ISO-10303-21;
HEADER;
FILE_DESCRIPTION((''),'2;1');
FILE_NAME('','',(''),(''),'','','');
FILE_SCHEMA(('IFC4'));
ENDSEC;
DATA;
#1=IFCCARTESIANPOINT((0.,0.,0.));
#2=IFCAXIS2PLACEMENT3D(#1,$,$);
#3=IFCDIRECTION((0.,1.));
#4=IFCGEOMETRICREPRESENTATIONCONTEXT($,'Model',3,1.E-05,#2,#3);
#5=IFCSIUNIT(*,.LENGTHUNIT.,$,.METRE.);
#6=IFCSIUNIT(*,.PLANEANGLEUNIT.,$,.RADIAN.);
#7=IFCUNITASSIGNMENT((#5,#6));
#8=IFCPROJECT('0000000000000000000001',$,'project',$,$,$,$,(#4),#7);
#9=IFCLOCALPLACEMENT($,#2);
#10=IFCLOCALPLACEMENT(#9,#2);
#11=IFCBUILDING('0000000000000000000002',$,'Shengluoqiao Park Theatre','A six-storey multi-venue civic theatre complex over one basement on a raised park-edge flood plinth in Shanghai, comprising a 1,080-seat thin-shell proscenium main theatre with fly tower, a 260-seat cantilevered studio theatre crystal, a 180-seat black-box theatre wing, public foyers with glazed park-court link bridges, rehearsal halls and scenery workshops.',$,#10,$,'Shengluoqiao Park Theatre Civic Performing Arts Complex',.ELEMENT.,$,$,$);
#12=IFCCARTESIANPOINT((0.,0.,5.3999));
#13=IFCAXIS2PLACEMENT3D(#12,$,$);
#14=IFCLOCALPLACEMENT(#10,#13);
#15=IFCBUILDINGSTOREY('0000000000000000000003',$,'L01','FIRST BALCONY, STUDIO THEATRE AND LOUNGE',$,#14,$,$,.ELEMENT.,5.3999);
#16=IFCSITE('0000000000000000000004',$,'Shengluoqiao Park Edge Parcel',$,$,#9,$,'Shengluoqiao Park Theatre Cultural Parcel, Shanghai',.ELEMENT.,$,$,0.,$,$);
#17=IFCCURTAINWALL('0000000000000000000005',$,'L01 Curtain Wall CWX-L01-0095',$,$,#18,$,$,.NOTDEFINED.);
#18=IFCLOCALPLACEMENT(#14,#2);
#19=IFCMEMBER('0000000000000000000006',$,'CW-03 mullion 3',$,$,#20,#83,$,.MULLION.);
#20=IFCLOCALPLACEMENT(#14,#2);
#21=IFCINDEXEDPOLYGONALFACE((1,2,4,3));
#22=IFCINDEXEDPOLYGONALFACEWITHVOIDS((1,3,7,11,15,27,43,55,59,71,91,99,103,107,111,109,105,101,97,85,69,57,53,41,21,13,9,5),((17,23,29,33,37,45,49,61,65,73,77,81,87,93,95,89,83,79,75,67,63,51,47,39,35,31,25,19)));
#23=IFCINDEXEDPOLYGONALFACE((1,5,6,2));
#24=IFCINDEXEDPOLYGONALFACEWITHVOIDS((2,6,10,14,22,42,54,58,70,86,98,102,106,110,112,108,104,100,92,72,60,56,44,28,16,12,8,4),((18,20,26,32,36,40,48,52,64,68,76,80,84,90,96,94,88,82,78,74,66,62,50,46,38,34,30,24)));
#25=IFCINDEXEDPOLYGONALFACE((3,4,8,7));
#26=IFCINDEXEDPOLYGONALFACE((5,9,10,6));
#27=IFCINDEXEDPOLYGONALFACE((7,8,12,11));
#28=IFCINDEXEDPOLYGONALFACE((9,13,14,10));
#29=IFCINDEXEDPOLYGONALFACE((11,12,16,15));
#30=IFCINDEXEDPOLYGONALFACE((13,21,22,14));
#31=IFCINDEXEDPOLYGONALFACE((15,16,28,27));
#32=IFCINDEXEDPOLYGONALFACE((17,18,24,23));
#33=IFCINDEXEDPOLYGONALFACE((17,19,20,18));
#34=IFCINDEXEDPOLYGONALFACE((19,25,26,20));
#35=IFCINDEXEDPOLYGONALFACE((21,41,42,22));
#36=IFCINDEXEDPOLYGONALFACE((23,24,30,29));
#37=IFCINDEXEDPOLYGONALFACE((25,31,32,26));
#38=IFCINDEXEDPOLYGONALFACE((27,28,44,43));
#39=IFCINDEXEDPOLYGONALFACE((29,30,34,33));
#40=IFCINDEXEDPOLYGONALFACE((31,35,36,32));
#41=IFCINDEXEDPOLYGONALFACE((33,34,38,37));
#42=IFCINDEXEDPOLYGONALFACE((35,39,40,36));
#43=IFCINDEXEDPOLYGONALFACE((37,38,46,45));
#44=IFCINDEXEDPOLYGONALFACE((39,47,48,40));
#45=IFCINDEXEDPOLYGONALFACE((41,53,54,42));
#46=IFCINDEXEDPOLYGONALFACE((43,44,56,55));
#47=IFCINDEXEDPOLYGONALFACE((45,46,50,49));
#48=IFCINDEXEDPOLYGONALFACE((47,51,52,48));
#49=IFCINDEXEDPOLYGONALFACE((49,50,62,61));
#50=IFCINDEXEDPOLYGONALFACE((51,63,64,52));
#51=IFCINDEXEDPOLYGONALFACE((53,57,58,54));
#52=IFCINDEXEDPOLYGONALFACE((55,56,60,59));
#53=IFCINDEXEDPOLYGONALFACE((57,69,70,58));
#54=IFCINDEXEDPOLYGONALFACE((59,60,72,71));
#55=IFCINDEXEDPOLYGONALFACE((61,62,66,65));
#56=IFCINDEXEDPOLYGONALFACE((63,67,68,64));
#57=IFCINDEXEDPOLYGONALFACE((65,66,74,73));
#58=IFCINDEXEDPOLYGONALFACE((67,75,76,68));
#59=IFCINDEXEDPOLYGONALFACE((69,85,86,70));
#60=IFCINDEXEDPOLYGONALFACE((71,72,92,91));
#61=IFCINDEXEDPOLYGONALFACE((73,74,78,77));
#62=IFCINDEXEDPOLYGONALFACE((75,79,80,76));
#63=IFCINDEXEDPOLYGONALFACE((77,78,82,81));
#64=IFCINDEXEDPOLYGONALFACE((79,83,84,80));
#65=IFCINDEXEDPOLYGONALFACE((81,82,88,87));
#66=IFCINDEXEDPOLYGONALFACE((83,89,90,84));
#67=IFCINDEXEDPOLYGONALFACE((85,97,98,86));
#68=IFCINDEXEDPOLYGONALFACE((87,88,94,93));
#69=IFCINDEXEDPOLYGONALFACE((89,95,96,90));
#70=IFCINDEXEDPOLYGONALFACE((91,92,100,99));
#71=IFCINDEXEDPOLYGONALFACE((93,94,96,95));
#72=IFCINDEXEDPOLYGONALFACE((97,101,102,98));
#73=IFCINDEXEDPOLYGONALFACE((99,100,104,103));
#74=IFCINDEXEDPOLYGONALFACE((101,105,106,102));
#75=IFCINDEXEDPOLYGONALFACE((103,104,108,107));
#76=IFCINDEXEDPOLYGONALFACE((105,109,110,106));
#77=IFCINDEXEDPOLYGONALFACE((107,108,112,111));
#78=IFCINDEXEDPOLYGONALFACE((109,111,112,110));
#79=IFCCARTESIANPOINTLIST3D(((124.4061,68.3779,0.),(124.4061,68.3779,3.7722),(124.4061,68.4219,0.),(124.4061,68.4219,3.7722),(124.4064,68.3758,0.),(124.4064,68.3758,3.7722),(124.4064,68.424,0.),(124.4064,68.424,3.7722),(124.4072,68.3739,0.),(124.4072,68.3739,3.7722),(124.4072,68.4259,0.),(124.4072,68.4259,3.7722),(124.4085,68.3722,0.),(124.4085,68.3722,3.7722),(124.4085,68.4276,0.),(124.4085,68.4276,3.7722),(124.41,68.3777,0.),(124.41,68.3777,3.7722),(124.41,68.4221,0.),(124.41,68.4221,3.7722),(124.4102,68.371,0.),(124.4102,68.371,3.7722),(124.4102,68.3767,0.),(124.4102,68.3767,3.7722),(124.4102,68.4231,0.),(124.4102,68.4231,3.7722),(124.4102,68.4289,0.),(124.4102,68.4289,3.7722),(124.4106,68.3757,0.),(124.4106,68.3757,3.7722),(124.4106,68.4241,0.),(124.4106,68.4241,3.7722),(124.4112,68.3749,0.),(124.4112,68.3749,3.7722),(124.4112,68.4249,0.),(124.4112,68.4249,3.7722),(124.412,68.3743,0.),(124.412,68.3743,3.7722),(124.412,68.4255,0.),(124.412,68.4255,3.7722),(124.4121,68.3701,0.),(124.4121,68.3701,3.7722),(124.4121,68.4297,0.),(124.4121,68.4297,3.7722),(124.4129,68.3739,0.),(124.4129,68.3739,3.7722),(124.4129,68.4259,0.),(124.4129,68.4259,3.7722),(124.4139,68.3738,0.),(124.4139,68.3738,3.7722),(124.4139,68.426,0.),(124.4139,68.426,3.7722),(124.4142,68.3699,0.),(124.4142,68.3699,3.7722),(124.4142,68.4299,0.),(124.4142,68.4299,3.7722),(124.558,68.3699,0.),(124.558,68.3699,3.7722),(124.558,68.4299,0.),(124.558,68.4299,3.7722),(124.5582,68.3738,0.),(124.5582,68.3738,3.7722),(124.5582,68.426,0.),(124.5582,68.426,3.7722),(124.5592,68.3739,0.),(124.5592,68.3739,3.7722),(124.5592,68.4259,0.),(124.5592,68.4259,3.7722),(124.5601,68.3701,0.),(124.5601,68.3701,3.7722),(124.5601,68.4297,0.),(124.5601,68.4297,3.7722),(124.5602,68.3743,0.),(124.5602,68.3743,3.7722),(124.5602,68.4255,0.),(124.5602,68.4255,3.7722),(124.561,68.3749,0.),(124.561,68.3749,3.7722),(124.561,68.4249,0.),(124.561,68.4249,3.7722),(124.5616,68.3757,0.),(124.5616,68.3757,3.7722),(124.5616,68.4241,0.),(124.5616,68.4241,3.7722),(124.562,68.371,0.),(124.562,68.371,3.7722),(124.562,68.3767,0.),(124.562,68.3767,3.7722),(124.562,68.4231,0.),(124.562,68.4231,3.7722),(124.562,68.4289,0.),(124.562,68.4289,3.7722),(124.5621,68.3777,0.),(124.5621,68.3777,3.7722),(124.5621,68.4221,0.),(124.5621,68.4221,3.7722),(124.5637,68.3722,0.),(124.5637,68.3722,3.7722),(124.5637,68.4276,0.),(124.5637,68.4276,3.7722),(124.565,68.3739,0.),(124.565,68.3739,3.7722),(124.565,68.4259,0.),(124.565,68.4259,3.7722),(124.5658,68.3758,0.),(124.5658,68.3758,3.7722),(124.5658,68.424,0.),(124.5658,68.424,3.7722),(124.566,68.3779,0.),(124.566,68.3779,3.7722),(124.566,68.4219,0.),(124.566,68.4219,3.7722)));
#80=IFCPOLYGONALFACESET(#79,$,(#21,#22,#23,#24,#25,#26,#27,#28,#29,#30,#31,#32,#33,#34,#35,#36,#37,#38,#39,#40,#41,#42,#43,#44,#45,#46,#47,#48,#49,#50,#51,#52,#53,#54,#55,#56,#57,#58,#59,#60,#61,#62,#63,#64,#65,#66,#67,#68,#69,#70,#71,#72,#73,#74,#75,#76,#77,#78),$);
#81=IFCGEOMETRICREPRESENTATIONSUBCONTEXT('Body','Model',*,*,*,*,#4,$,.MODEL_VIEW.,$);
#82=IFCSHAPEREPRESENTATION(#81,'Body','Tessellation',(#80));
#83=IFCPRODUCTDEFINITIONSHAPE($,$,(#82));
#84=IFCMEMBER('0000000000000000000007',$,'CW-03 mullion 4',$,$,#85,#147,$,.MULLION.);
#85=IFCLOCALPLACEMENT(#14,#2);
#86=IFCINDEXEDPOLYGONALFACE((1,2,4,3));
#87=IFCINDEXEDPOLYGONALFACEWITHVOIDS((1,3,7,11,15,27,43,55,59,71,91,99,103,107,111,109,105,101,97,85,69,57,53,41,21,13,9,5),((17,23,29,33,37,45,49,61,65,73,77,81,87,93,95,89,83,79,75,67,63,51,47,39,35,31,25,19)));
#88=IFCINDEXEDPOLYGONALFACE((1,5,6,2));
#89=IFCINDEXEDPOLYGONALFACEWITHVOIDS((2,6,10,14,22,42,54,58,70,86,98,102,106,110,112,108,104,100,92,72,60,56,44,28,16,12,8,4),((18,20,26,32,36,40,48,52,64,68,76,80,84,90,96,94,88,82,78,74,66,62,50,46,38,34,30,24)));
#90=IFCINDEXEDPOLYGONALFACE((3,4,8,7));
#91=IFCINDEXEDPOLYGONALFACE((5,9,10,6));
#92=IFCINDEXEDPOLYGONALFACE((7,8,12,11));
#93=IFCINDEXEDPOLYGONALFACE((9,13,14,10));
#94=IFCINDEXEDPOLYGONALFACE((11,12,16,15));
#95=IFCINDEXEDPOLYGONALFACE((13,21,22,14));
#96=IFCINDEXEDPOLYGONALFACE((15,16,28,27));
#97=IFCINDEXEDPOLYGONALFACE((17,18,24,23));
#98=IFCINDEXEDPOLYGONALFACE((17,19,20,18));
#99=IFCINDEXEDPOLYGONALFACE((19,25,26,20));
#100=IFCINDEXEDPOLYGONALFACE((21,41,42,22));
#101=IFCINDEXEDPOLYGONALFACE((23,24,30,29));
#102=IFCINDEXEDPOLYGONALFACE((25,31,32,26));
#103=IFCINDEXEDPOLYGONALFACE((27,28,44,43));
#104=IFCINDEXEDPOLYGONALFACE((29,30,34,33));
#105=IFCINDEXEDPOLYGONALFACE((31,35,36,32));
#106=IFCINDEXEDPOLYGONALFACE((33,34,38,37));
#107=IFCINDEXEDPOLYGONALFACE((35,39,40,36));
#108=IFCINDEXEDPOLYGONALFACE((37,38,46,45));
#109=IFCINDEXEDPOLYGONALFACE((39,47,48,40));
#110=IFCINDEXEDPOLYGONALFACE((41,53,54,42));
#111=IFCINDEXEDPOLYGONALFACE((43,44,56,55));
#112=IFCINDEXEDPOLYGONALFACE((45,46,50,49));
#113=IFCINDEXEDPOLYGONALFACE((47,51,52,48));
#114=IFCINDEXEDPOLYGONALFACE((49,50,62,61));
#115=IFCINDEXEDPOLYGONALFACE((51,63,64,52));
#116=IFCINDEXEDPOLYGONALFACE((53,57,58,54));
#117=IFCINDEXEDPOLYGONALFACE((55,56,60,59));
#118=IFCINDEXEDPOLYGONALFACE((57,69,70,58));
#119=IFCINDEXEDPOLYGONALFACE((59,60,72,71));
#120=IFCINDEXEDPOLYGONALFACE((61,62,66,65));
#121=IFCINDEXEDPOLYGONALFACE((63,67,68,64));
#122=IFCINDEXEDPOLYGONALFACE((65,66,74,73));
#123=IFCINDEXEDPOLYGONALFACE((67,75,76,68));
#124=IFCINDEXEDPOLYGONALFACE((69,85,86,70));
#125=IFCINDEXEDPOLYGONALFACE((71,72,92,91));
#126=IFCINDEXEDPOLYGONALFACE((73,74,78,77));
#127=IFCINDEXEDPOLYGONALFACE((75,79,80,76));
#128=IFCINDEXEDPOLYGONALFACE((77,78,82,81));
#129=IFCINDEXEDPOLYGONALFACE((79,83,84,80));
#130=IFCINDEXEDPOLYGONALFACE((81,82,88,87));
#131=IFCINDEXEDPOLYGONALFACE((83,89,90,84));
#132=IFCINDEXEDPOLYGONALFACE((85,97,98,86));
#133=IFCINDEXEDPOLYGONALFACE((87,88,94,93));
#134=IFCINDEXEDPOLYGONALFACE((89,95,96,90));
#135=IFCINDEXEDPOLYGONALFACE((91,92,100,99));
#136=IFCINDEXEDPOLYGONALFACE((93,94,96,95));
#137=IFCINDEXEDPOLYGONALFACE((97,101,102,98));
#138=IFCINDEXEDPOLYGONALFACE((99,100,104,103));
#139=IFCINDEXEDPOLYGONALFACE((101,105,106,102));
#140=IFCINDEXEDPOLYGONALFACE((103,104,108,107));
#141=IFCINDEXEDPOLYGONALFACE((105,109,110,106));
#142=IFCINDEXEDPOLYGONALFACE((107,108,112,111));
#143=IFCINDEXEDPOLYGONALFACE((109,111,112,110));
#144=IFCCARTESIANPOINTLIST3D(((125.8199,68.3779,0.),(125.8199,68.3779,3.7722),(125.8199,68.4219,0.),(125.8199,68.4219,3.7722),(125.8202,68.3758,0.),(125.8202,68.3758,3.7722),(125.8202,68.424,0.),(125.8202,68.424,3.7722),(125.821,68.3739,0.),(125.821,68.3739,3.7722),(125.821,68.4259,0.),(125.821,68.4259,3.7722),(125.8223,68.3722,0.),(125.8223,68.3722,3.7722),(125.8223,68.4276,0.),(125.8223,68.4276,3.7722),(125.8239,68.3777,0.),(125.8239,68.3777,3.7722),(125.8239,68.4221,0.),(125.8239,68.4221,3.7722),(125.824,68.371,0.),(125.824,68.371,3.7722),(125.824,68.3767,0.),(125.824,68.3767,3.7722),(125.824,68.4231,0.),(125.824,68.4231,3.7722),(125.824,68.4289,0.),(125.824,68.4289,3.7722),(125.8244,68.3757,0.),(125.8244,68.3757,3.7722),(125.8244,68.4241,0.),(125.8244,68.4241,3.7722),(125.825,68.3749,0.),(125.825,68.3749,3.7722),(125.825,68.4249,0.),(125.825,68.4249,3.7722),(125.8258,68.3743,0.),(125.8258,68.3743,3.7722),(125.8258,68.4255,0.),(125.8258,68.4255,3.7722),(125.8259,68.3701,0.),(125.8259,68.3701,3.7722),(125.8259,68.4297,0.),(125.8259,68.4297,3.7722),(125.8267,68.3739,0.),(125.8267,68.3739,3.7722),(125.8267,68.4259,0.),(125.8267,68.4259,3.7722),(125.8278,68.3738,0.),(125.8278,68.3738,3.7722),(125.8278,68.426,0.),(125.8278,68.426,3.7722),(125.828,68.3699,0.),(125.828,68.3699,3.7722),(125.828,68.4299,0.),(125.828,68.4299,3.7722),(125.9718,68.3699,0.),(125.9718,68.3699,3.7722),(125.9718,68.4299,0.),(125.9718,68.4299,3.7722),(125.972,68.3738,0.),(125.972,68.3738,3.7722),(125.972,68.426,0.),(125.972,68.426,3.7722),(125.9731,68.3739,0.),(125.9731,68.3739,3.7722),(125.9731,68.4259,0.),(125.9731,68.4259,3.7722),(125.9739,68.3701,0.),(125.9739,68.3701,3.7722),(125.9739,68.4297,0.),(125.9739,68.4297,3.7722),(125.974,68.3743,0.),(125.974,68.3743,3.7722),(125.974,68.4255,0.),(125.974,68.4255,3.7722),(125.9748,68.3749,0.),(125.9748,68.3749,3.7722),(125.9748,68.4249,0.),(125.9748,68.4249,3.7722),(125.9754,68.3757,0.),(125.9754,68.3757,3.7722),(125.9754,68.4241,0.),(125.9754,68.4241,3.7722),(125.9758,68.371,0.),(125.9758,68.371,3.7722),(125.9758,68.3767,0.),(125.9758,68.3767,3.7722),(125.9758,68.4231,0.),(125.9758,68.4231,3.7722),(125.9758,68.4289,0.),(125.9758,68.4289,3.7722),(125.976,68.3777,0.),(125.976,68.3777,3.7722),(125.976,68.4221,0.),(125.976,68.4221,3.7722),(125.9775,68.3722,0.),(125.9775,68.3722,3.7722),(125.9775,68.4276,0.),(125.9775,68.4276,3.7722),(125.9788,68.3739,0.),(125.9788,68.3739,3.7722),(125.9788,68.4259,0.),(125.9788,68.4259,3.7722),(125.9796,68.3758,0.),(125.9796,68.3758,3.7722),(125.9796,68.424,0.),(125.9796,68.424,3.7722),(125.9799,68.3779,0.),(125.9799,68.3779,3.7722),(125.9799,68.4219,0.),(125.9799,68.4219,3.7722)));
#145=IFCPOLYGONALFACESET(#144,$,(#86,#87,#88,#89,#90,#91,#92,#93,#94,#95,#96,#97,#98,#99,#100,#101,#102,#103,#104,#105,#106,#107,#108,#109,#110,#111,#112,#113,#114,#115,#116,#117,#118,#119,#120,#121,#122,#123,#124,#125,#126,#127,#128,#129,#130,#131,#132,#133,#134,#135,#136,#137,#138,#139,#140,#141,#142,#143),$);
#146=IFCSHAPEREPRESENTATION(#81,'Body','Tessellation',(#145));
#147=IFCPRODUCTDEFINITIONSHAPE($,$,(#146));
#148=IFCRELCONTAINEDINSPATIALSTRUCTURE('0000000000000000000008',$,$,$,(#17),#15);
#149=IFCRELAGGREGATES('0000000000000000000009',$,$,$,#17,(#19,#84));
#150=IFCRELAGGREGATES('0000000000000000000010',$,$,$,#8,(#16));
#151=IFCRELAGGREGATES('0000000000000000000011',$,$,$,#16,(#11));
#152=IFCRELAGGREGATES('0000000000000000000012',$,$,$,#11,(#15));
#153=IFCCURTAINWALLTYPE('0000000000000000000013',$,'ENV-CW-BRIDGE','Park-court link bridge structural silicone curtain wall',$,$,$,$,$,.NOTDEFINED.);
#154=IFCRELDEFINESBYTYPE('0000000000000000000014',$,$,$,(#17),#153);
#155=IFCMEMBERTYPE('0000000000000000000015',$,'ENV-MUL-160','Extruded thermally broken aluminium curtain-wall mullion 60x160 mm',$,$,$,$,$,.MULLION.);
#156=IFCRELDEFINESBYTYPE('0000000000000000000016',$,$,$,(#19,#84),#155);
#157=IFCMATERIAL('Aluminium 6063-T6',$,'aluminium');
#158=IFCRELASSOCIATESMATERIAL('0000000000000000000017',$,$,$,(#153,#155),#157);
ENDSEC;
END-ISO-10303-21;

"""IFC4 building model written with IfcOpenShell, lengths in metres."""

from ifc_helpers import new_model, si_unit, direction, frame, origin, origin_2d, place, context, subcontext, project, spatial, hollow_rectangle, extrude, material, material_profile, profile_set, type_object, element, aggregate, save


model = new_model("IFC4")

# Units and contexts
model_context = context("Model", 3, precision=1e-05, world=origin(), true_north=direction((0.0, 1.0)))
body_context = subcontext(model_context, "Body", "Model", "MODEL_VIEW")
ifc_project = project(units=[si_unit("LENGTHUNIT", "METRE"), si_unit("PLANEANGLEUNIT", "RADIAN")], contexts=[model_context])

# Site, building, storey
site_placement = place(None, origin())
site = spatial("IfcSite", under=ifc_project, at=site_placement, Name="Shengluoqiao Park Edge Parcel", LongName="Shengluoqiao Park Theatre Cultural Parcel, Shanghai", CompositionType="ELEMENT", RefElevation=0.0)
building_placement = place(site_placement, origin())
building = spatial("IfcBuilding", under=site, at=building_placement, Name="Shengluoqiao Park Theatre", Description="A six-storey multi-venue civic theatre complex over one basement on a raised park-edge flood plinth in Shanghai, comprising a 1,080-seat thin-shell proscenium main theatre with fly tower, a 260-seat cantilevered studio theatre crystal, a 180-seat black-box theatre wing, public foyers with glazed park-court link bridges, rehearsal halls and scenery workshops.", LongName="Shengluoqiao Park Theatre Civic Performing Arts Complex", CompositionType="ELEMENT")
storey_placement = place(building_placement, frame((0.0, 0.0, 5.3999)))
storey = spatial("IfcBuildingStorey", under=building, at=storey_placement, Name="L01", Description="FIRST BALCONY, STUDIO THEATRE AND LOUNGE", CompositionType="ELEMENT", Elevation=5.3999)

# Shared definitions
ifc_material_1 = material(Name="Aluminium 6063-T6", Category="aluminium")
curtain_wall_type = type_object("IfcCurtainWallType", Name="ENV-CW-BRIDGE", Description="Park-court link bridge structural silicone curtain wall", PredefinedType="NOTDEFINED", material=ifc_material_1)
ifc_material_profile_1 = material_profile(ifc_material_1, hollow_rectangle(XDim=0.0601, YDim=0.1599, WallThickness=0.0039, InnerFilletRadius=0.0039, OuterFilletRadius=0.0081, at=origin_2d()), Name="ALU MULLION 160x60x4")
ifc_profile_set_1 = profile_set([ifc_material_profile_1], Name="Aluminium 6063-T6")
member_type_1 = type_object("IfcMemberType", Name="ENV-MUL-160", Description="Extruded thermally broken aluminium curtain-wall mullion 60x160 mm", PredefinedType="MULLION", material=ifc_profile_set_1)

# Curtain wall, members
curtain_wall_1_placement = place(storey_placement, origin())
curtain_wall_1 = element("IfcCurtainWall", 1, at=curtain_wall_1_placement, inside=storey, type_object=curtain_wall_type, Name="L01 Curtain Wall CWX-L01-0095", PredefinedType="NOTDEFINED")
member_1_placement = place(storey_placement, frame((124.4861, 68.3999, 0.0), z_axis=(0.0, 0.0, 1.0), x_axis=(0.0, 1.0, 0.0)))
member_1 = element("IfcMember", 2, at=member_1_placement, type_object=member_type_1, Name="CW-03 mullion 3", PredefinedType="MULLION", context=body_context, shape_type="SweptSolid", body=[
    extrude(hollow_rectangle(XDim=0.0601, YDim=0.1599, WallThickness=0.0039, InnerFilletRadius=0.0039, OuterFilletRadius=0.0081, at=origin_2d()), origin(), (0.0, 0.0, 1.0), 3.7722),
])
member_2_placement = place(storey_placement, frame((125.8999, 68.3999, 0.0), z_axis=(0.0, 0.0, 1.0), x_axis=(0.0, 1.0, 0.0)))
member_2 = element("IfcMember", 3, at=member_2_placement, type_object=member_type_1, Name="CW-03 mullion 4", PredefinedType="MULLION", context=body_context, shape_type="SweptSolid", body=[
    extrude(hollow_rectangle(XDim=0.0601, YDim=0.1599, WallThickness=0.0039, InnerFilletRadius=0.0039, OuterFilletRadius=0.0081, at=origin_2d()), origin(), (0.0, 0.0, 1.0), 3.7722),
])

aggregate(curtain_wall_1, [member_1, member_2])

save(model, "model.ifc")
